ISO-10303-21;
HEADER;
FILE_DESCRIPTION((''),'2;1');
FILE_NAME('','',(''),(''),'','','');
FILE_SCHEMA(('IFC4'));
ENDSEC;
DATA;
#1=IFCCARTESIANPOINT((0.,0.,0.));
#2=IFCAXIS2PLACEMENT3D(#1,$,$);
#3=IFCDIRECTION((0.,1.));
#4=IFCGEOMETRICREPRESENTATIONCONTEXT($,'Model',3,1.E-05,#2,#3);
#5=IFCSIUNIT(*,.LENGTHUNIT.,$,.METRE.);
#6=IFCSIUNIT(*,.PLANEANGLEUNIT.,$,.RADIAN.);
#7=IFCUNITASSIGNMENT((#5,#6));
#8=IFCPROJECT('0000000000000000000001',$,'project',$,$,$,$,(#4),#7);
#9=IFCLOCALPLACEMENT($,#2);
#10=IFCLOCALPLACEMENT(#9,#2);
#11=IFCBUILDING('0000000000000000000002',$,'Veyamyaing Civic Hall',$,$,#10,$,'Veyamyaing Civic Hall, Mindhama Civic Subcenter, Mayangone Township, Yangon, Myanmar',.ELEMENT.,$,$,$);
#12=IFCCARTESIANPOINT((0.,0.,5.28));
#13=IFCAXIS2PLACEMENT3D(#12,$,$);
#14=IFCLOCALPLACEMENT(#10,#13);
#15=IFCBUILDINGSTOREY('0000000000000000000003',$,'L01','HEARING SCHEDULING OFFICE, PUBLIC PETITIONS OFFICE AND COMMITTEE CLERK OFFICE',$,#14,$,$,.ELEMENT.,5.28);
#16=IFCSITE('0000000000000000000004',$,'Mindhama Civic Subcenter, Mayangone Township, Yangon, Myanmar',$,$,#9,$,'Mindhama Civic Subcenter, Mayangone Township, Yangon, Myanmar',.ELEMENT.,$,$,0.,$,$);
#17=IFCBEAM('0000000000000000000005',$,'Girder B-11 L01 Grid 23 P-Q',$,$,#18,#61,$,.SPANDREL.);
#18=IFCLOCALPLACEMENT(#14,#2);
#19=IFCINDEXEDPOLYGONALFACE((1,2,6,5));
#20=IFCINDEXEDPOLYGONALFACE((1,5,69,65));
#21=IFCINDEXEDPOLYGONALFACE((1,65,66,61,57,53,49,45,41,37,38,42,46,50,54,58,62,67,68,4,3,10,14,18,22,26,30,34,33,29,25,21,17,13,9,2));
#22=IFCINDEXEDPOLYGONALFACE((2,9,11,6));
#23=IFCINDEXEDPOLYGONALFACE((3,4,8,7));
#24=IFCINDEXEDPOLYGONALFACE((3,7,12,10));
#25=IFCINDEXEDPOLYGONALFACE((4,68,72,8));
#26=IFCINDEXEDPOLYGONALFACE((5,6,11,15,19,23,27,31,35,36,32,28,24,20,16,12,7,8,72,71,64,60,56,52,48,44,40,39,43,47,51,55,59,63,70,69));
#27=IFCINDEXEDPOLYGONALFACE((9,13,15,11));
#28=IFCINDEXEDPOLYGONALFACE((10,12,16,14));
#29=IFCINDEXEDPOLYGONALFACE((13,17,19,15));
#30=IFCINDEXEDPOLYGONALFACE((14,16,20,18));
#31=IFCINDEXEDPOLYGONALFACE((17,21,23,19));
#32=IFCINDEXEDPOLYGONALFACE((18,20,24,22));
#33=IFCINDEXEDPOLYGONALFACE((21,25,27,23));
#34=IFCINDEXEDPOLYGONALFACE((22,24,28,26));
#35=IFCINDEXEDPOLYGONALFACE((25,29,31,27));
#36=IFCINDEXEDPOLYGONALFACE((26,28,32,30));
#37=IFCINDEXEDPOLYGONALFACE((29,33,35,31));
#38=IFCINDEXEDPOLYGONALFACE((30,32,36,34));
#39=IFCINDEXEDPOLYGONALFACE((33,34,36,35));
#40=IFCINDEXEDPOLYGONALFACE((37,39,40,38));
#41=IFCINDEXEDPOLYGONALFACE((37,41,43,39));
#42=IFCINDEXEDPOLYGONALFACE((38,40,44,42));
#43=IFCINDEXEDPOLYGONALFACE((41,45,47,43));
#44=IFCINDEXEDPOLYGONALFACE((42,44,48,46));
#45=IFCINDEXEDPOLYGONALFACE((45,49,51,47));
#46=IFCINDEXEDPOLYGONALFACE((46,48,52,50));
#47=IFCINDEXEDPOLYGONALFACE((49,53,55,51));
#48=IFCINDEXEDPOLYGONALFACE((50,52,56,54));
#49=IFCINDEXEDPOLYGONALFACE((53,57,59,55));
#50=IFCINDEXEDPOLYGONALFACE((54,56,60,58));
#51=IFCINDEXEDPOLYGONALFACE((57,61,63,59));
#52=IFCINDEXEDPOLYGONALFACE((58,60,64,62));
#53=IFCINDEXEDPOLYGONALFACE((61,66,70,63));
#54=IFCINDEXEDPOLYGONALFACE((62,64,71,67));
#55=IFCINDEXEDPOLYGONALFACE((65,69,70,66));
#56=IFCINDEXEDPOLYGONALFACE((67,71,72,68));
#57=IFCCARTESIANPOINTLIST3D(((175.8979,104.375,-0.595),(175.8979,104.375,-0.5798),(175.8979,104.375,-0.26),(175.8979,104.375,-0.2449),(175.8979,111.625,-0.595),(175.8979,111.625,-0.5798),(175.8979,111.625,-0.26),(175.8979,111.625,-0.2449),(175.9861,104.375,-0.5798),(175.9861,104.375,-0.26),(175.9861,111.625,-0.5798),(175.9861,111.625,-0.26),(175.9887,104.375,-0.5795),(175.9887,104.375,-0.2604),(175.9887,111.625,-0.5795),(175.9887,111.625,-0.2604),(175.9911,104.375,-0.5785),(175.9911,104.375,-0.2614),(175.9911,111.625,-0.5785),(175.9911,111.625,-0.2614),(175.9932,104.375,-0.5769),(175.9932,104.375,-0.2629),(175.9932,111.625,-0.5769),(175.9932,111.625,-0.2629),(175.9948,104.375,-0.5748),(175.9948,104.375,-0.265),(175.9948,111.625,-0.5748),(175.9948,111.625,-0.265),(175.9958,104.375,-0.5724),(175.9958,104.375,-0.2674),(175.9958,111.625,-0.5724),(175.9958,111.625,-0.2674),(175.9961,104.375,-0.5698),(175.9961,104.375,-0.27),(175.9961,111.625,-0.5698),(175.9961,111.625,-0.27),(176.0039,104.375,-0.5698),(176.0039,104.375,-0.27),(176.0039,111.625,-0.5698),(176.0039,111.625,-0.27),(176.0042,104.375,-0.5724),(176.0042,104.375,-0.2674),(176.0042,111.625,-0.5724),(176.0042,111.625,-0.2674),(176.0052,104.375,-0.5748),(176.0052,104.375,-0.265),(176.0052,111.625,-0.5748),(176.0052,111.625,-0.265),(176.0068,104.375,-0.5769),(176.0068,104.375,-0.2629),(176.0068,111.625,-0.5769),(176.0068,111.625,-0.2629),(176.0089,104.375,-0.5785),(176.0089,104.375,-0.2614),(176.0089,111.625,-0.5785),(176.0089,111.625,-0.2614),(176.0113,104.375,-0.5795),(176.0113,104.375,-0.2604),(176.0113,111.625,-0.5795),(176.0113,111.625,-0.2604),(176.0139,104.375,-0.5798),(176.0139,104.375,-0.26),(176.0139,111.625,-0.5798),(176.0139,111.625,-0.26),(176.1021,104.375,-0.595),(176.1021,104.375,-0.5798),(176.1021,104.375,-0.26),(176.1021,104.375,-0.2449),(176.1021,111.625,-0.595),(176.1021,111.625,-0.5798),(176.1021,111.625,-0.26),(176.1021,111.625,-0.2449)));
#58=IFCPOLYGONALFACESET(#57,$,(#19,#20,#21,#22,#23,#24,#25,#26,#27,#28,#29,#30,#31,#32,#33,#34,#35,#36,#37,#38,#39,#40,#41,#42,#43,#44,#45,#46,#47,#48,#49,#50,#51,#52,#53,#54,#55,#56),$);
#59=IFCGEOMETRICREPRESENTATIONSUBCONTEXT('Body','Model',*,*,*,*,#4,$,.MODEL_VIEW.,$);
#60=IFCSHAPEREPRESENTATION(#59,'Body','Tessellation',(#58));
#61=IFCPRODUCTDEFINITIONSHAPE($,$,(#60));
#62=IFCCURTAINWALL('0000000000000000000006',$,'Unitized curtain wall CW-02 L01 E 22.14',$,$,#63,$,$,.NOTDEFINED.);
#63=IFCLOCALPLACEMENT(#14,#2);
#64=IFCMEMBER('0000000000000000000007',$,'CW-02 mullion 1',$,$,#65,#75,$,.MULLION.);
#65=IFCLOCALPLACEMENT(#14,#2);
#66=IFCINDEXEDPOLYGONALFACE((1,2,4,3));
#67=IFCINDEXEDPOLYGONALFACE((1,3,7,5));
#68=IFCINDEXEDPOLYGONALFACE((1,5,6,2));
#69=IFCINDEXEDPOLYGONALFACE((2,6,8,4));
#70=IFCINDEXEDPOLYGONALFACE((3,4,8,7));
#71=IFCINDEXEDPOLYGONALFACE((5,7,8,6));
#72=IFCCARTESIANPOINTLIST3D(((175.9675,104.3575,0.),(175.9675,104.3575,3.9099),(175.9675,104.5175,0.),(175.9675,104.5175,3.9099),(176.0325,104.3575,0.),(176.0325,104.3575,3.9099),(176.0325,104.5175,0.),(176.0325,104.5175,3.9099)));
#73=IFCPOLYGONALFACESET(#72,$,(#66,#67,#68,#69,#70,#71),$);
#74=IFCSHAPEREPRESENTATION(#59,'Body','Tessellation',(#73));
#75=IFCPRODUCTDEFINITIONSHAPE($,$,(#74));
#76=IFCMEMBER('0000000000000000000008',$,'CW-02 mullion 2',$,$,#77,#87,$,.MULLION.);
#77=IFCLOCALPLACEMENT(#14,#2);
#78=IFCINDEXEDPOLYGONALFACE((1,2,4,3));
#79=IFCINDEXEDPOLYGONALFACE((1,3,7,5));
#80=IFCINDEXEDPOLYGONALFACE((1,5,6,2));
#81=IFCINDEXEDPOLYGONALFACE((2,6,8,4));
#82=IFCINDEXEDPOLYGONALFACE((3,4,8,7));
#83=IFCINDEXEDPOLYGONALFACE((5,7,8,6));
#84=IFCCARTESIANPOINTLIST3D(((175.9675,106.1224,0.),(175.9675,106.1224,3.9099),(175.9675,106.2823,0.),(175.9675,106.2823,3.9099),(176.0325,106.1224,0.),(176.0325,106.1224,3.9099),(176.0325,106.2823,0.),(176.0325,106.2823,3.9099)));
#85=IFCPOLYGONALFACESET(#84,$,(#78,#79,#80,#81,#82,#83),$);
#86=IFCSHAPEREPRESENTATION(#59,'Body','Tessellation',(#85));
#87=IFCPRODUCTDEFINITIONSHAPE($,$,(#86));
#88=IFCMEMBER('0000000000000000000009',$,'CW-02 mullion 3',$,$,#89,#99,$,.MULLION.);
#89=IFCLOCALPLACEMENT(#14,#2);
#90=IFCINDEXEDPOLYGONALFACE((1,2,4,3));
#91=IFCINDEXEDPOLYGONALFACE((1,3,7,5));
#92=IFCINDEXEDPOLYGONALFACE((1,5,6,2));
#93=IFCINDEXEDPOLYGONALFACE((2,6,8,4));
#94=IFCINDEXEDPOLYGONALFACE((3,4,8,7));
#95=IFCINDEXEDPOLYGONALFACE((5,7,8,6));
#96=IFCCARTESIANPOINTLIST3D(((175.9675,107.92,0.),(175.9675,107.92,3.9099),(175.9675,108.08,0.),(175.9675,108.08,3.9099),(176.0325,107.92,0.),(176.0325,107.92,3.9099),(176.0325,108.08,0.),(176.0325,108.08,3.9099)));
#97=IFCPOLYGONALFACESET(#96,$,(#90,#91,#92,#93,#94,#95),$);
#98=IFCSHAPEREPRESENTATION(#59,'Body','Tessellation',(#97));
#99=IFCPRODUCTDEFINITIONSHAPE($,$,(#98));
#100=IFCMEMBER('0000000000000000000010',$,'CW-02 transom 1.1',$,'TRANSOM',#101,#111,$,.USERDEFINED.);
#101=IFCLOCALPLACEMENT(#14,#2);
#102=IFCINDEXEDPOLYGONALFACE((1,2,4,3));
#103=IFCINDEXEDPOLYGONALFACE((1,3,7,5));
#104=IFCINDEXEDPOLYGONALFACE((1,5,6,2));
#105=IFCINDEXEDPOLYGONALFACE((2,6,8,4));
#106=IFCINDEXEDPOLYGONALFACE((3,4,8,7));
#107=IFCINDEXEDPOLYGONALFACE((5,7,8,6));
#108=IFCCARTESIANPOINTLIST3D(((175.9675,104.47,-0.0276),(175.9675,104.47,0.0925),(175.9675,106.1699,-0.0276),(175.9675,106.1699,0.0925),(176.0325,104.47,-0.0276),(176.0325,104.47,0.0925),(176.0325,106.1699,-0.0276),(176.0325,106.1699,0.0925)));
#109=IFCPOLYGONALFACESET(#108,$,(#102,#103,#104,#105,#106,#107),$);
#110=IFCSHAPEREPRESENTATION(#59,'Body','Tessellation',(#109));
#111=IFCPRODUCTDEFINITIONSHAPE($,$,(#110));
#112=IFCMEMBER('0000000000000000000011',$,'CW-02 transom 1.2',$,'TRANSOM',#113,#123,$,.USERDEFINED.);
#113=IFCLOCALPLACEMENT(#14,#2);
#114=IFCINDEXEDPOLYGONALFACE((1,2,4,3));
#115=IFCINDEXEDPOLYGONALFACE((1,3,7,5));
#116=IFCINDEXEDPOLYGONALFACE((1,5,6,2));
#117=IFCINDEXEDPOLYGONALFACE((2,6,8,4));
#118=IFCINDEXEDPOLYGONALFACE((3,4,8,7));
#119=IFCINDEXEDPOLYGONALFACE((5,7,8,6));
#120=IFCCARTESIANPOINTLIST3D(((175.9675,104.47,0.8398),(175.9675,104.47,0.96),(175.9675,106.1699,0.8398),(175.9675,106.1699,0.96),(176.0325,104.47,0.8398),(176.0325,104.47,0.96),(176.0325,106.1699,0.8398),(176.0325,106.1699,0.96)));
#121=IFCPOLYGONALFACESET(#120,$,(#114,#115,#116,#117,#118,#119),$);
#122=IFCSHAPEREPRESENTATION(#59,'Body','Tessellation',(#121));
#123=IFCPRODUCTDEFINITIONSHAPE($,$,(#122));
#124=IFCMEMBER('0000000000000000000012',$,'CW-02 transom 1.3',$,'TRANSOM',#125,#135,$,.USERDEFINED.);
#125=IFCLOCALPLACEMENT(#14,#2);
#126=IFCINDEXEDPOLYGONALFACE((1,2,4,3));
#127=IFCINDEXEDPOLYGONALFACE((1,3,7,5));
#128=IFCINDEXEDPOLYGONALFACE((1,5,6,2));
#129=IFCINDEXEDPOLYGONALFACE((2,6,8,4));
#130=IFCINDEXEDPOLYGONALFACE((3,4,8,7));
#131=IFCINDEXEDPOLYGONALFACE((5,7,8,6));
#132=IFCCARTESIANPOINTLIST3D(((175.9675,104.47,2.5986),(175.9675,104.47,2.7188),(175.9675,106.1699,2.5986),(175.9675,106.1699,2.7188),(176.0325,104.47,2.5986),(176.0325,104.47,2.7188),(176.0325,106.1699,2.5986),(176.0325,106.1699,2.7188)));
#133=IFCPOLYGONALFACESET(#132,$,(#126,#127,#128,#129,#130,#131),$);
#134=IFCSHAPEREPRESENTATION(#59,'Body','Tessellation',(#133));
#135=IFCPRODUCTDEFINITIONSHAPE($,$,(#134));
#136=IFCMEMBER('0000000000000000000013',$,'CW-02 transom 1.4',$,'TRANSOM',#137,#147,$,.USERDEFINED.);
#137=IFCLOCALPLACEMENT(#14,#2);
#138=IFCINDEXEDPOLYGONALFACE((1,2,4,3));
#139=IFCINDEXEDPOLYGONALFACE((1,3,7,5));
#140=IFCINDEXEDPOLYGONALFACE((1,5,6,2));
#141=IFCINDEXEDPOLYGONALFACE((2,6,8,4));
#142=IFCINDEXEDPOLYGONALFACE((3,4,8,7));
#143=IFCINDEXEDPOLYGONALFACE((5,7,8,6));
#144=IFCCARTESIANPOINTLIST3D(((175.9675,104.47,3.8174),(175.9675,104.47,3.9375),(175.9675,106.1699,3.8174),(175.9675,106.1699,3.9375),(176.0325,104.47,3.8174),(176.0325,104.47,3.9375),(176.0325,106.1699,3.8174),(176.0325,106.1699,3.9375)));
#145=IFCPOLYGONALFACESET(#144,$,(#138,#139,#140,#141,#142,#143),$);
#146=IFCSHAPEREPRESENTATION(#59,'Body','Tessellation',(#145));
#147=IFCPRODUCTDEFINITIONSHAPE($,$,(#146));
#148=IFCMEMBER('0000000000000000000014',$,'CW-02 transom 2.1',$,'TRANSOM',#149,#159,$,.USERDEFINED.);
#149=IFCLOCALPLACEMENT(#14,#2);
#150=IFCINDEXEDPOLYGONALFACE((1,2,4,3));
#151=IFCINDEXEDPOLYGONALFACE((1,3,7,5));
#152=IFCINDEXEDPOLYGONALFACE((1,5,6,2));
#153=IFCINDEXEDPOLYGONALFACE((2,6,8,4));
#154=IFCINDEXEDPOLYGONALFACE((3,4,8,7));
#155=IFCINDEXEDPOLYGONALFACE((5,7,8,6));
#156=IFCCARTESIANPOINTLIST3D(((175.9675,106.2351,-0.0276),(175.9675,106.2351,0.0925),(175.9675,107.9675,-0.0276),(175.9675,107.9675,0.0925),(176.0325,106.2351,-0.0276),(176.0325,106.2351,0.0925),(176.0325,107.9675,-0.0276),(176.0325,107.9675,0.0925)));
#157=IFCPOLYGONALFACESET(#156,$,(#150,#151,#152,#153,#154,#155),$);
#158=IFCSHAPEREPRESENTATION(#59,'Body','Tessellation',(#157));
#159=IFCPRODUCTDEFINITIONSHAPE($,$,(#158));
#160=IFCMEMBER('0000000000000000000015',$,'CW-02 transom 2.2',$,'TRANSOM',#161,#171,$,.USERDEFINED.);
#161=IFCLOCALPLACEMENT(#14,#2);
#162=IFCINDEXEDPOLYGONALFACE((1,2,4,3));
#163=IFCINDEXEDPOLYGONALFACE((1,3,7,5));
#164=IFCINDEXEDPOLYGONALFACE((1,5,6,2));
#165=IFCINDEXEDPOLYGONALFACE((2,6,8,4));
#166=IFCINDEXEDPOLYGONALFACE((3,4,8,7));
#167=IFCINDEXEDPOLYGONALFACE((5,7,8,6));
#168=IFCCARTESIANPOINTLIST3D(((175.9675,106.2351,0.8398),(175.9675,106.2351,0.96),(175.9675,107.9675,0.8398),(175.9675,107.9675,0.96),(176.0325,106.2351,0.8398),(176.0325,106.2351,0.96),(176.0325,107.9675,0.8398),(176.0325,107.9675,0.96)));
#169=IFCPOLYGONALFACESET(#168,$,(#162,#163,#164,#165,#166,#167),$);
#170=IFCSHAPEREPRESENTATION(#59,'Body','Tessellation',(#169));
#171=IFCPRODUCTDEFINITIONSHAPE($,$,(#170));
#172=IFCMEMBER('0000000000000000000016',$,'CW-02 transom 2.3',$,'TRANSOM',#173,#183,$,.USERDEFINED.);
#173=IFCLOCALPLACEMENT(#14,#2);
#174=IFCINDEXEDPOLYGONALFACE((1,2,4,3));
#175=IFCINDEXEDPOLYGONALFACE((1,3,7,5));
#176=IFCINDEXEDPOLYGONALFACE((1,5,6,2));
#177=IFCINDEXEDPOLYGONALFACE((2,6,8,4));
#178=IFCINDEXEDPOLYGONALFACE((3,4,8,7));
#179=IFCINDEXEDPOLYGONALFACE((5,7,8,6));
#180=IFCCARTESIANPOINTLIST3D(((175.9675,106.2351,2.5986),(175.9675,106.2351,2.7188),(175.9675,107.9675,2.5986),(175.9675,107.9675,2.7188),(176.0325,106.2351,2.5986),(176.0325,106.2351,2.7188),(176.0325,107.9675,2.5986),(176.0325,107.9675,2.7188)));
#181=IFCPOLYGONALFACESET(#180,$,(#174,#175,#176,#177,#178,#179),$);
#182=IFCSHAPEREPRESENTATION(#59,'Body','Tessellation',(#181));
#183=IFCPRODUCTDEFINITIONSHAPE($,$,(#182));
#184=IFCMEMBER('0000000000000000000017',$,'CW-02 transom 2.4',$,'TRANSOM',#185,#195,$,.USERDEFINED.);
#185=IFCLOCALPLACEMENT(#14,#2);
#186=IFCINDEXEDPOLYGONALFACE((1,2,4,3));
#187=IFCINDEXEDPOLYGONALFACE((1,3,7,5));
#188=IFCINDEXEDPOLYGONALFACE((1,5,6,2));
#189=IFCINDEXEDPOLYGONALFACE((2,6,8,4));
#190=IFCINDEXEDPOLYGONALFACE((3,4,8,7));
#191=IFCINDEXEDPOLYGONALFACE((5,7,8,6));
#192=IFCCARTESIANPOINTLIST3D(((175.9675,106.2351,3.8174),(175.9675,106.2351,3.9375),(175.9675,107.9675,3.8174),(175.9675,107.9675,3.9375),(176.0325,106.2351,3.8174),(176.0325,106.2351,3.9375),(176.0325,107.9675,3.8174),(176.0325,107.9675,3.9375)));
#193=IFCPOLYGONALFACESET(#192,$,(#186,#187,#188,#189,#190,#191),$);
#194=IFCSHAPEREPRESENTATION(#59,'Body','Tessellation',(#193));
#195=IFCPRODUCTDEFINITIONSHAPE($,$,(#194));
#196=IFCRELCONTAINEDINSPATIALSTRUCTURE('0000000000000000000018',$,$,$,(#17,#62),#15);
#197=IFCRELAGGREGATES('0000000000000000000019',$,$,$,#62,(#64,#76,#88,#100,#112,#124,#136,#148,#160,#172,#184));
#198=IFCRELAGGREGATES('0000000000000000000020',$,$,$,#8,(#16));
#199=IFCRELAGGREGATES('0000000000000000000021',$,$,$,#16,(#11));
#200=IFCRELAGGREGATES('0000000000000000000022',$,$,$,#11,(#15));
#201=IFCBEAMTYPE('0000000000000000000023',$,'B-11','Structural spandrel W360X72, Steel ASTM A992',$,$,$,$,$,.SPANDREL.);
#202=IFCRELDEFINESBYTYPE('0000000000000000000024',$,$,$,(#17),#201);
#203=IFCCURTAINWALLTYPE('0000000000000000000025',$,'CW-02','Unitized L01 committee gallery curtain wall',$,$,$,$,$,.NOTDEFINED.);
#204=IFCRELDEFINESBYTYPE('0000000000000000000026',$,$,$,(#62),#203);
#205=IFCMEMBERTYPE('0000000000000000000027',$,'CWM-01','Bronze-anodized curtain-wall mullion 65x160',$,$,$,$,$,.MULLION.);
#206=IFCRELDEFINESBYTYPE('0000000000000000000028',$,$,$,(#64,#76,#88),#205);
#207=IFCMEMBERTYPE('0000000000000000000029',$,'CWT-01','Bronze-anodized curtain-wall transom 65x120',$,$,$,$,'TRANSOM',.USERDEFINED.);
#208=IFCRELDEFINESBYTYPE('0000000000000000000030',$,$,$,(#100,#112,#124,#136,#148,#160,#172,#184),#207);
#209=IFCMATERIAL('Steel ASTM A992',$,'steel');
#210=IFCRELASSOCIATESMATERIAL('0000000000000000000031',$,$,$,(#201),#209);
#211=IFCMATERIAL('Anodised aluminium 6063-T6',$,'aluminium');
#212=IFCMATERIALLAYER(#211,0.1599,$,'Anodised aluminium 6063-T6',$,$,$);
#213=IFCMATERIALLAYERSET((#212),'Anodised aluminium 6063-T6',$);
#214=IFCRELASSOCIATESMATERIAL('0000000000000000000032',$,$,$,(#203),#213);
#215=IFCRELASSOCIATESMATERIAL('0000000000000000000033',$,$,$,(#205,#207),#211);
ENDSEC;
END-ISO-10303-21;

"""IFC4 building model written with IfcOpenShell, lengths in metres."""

from ifc_helpers import new_model, si_unit, direction, frame, origin, origin_2d, place, context, subcontext, project, spatial, rectangle, i_section, extrude, material, layer, layer_set, material_profile, profile_set, type_object, element, aggregate, save


model = new_model("IFC4")

# Units and contexts
model_context = context("Model", 3, precision=1e-05, world=origin(), true_north=direction((0.0, 1.0)))
body_context = subcontext(model_context, "Body", "Model", "MODEL_VIEW")
ifc_project = project(units=[si_unit("LENGTHUNIT", "METRE"), si_unit("PLANEANGLEUNIT", "RADIAN")], contexts=[model_context])

# Site, building, storey
site_placement = place(None, origin())
site = spatial("IfcSite", under=ifc_project, at=site_placement, Name="Mindhama Civic Subcenter, Mayangone Township, Yangon, Myanmar", LongName="Mindhama Civic Subcenter, Mayangone Township, Yangon, Myanmar", CompositionType="ELEMENT", RefElevation=0.0)
building_placement = place(site_placement, origin())
building = spatial("IfcBuilding", under=site, at=building_placement, Name="Veyamyaing Civic Hall", LongName="Veyamyaing Civic Hall, Mindhama Civic Subcenter, Mayangone Township, Yangon, Myanmar", CompositionType="ELEMENT")
storey_placement = place(building_placement, frame((0.0, 0.0, 5.28)))
storey = spatial("IfcBuildingStorey", under=building, at=storey_placement, Name="L01", Description="HEARING SCHEDULING OFFICE, PUBLIC PETITIONS OFFICE AND COMMITTEE CLERK OFFICE", CompositionType="ELEMENT", Elevation=5.28)

# Beam
ifc_material_1 = material(Name="Steel ASTM A992", Category="steel")
ifc_material_profile_1 = material_profile(ifc_material_1, i_section(OverallWidth=0.2041, OverallDepth=0.3501, WebThickness=0.0078, FlangeThickness=0.0151, FilletRadius=0.01, at=origin_2d()), Name="W360X72")
ifc_profile_set_1 = profile_set([ifc_material_profile_1], Name="Steel ASTM A992")
beam_type = type_object("IfcBeamType", Name="B-11", Description="Structural spandrel W360X72, Steel ASTM A992", PredefinedType="SPANDREL", material=ifc_profile_set_1)
beam_placement = place(storey_placement, frame((176.0, 104.375, -0.4199), z_axis=(0.0, 1.0, 0.0), x_axis=(-1.0, 0.0, 0.0)))
element("IfcBeam", 1, at=beam_placement, inside=storey, type_object=beam_type, Name="Girder B-11 L01 Grid 23 P-Q", PredefinedType="SPANDREL", context=body_context, shape_type="SweptSolid", body=[
    extrude(i_section(OverallWidth=0.2041, OverallDepth=0.3501, WebThickness=0.0078, FlangeThickness=0.0151, FilletRadius=0.01, at=origin_2d()), origin(), (0.0, 0.0, 1.0), 7.25),
])

# Curtain wall, members
ifc_material_2 = material(Name="Anodised aluminium 6063-T6", Category="aluminium")
ifc_layer_1 = layer(ifc_material_2, 0.1599, Name="Anodised aluminium 6063-T6")
ifc_layer_set_1 = layer_set([ifc_layer_1], Name="Anodised aluminium 6063-T6")
curtain_wall_type = type_object("IfcCurtainWallType", Name="CW-02", Description="Unitized L01 committee gallery curtain wall", PredefinedType="NOTDEFINED", material=ifc_layer_set_1)
curtain_wall_placement = place(storey_placement, origin())
curtain_wall = element("IfcCurtainWall", 2, at=curtain_wall_placement, inside=storey, type_object=curtain_wall_type, Name="Unitized curtain wall CW-02 L01 E 22.14", PredefinedType="NOTDEFINED")
ifc_material_profile_2 = material_profile(ifc_material_2, rectangle(XDim=0.0649, YDim=0.1599, at=origin_2d()), Name="ALU-MUL-65X160")
ifc_profile_set_2 = profile_set([ifc_material_profile_2], Name="Anodised aluminium 6063-T6")
member_type_1 = type_object("IfcMemberType", Name="CWM-01", Description="Bronze-anodized curtain-wall mullion 65x160", PredefinedType="MULLION", material=ifc_profile_set_2)
member_1_placement = place(storey_placement, frame((176.0, 104.4375, 0.0), z_axis=(0.0, 0.0, 1.0), x_axis=(-1.0, 0.0, 0.0)))
member_1 = element("IfcMember", 3, at=member_1_placement, type_object=member_type_1, Name="CW-02 mullion 1", PredefinedType="MULLION", context=body_context, shape_type="SweptSolid", body=[
    extrude(rectangle(XDim=0.0649, YDim=0.1599, at=origin_2d()), origin(), (0.0, 0.0, 1.0), 3.9099),
])
member_2_placement = place(storey_placement, frame((176.0, 106.2024, 0.0), z_axis=(0.0, 0.0, 1.0), x_axis=(-1.0, 0.0, 0.0)))
member_2 = element("IfcMember", 4, at=member_2_placement, type_object=member_type_1, Name="CW-02 mullion 2", PredefinedType="MULLION", context=body_context, shape_type="SweptSolid", body=[
    extrude(rectangle(XDim=0.0649, YDim=0.1599, at=origin_2d()), origin(), (0.0, 0.0, 1.0), 3.9099),
])
member_3_placement = place(storey_placement, frame((176.0, 108.0, 0.0), z_axis=(0.0, 0.0, 1.0), x_axis=(-1.0, 0.0, 0.0)))
member_3 = element("IfcMember", 5, at=member_3_placement, type_object=member_type_1, Name="CW-02 mullion 3", PredefinedType="MULLION", context=body_context, shape_type="SweptSolid", body=[
    extrude(rectangle(XDim=0.0649, YDim=0.1599, at=origin_2d()), origin(), (0.0, 0.0, 1.0), 3.9099),
])
ifc_material_profile_3 = material_profile(ifc_material_2, rectangle(XDim=0.0649, YDim=0.1201, at=origin_2d()), Name="ALU-TRN-65X120")
ifc_profile_set_3 = profile_set([ifc_material_profile_3], Name="Anodised aluminium 6063-T6")
member_type_2 = type_object("IfcMemberType", Name="CWT-01", Description="Bronze-anodized curtain-wall transom 65x120", ElementType="TRANSOM", PredefinedType="USERDEFINED", material=ifc_profile_set_3)
member_4_placement = place(storey_placement, frame((176.0, 104.47, 0.0325), z_axis=(0.0, 1.0, 0.0), x_axis=(-1.0, 0.0, 0.0)))
member_4 = element("IfcMember", 6, at=member_4_placement, type_object=member_type_2, Name="CW-02 transom 1.1", ObjectType="TRANSOM", PredefinedType="USERDEFINED", context=body_context, shape_type="SweptSolid", body=[
    extrude(rectangle(XDim=0.0649, YDim=0.1201, at=origin_2d()), origin(), (0.0, 0.0, 1.0), 1.7),
])
member_5_placement = place(storey_placement, frame((176.0, 104.47, 0.8999), z_axis=(0.0, 1.0, 0.0), x_axis=(-1.0, 0.0, 0.0)))
member_5 = element("IfcMember", 7, at=member_5_placement, type_object=member_type_2, Name="CW-02 transom 1.2", ObjectType="TRANSOM", PredefinedType="USERDEFINED", context=body_context, shape_type="SweptSolid", body=[
    extrude(rectangle(XDim=0.0649, YDim=0.1201, at=origin_2d()), origin(), (0.0, 0.0, 1.0), 1.7),
])
member_6_placement = place(storey_placement, frame((176.0, 104.47, 2.6587), z_axis=(0.0, 1.0, 0.0), x_axis=(-1.0, 0.0, 0.0)))
member_6 = element("IfcMember", 8, at=member_6_placement, type_object=member_type_2, Name="CW-02 transom 1.3", ObjectType="TRANSOM", PredefinedType="USERDEFINED", context=body_context, shape_type="SweptSolid", body=[
    extrude(rectangle(XDim=0.0649, YDim=0.1201, at=origin_2d()), origin(), (0.0, 0.0, 1.0), 1.7),
])
member_7_placement = place(storey_placement, frame((176.0, 104.47, 3.8774), z_axis=(0.0, 1.0, 0.0), x_axis=(-1.0, 0.0, 0.0)))
member_7 = element("IfcMember", 9, at=member_7_placement, type_object=member_type_2, Name="CW-02 transom 1.4", ObjectType="TRANSOM", PredefinedType="USERDEFINED", context=body_context, shape_type="SweptSolid", body=[
    extrude(rectangle(XDim=0.0649, YDim=0.1201, at=origin_2d()), origin(), (0.0, 0.0, 1.0), 1.7),
])
member_8_placement = place(storey_placement, frame((176.0, 106.2351, 0.0325), z_axis=(0.0, 1.0, 0.0), x_axis=(-1.0, 0.0, 0.0)))
member_8 = element("IfcMember", 10, at=member_8_placement, type_object=member_type_2, Name="CW-02 transom 2.1", ObjectType="TRANSOM", PredefinedType="USERDEFINED", context=body_context, shape_type="SweptSolid", body=[
    extrude(rectangle(XDim=0.0649, YDim=0.1201, at=origin_2d()), origin(), (0.0, 0.0, 1.0), 1.7324),
])
member_9_placement = place(storey_placement, frame((176.0, 106.2351, 0.8999), z_axis=(0.0, 1.0, 0.0), x_axis=(-1.0, 0.0, 0.0)))
member_9 = element("IfcMember", 11, at=member_9_placement, type_object=member_type_2, Name="CW-02 transom 2.2", ObjectType="TRANSOM", PredefinedType="USERDEFINED", context=body_context, shape_type="SweptSolid", body=[
    extrude(rectangle(XDim=0.0649, YDim=0.1201, at=origin_2d()), origin(), (0.0, 0.0, 1.0), 1.7324),
])
member_10_placement = place(storey_placement, frame((176.0, 106.2351, 2.6587), z_axis=(0.0, 1.0, 0.0), x_axis=(-1.0, 0.0, 0.0)))
member_10 = element("IfcMember", 12, at=member_10_placement, type_object=member_type_2, Name="CW-02 transom 2.3", ObjectType="TRANSOM", PredefinedType="USERDEFINED", context=body_context, shape_type="SweptSolid", body=[
    extrude(rectangle(XDim=0.0649, YDim=0.1201, at=origin_2d()), origin(), (0.0, 0.0, 1.0), 1.7324),
])
member_11_placement = place(storey_placement, frame((176.0, 106.2351, 3.8774), z_axis=(0.0, 1.0, 0.0), x_axis=(-1.0, 0.0, 0.0)))
member_11 = element("IfcMember", 13, at=member_11_placement, type_object=member_type_2, Name="CW-02 transom 2.4", ObjectType="TRANSOM", PredefinedType="USERDEFINED", context=body_context, shape_type="SweptSolid", body=[
    extrude(rectangle(XDim=0.0649, YDim=0.1201, at=origin_2d()), origin(), (0.0, 0.0, 1.0), 1.7324),
])
aggregate(curtain_wall, [member_1, member_2, member_3, member_4, member_5, member_6, member_7, member_8, member_9, member_10, member_11])

save(model, "model.ifc")
